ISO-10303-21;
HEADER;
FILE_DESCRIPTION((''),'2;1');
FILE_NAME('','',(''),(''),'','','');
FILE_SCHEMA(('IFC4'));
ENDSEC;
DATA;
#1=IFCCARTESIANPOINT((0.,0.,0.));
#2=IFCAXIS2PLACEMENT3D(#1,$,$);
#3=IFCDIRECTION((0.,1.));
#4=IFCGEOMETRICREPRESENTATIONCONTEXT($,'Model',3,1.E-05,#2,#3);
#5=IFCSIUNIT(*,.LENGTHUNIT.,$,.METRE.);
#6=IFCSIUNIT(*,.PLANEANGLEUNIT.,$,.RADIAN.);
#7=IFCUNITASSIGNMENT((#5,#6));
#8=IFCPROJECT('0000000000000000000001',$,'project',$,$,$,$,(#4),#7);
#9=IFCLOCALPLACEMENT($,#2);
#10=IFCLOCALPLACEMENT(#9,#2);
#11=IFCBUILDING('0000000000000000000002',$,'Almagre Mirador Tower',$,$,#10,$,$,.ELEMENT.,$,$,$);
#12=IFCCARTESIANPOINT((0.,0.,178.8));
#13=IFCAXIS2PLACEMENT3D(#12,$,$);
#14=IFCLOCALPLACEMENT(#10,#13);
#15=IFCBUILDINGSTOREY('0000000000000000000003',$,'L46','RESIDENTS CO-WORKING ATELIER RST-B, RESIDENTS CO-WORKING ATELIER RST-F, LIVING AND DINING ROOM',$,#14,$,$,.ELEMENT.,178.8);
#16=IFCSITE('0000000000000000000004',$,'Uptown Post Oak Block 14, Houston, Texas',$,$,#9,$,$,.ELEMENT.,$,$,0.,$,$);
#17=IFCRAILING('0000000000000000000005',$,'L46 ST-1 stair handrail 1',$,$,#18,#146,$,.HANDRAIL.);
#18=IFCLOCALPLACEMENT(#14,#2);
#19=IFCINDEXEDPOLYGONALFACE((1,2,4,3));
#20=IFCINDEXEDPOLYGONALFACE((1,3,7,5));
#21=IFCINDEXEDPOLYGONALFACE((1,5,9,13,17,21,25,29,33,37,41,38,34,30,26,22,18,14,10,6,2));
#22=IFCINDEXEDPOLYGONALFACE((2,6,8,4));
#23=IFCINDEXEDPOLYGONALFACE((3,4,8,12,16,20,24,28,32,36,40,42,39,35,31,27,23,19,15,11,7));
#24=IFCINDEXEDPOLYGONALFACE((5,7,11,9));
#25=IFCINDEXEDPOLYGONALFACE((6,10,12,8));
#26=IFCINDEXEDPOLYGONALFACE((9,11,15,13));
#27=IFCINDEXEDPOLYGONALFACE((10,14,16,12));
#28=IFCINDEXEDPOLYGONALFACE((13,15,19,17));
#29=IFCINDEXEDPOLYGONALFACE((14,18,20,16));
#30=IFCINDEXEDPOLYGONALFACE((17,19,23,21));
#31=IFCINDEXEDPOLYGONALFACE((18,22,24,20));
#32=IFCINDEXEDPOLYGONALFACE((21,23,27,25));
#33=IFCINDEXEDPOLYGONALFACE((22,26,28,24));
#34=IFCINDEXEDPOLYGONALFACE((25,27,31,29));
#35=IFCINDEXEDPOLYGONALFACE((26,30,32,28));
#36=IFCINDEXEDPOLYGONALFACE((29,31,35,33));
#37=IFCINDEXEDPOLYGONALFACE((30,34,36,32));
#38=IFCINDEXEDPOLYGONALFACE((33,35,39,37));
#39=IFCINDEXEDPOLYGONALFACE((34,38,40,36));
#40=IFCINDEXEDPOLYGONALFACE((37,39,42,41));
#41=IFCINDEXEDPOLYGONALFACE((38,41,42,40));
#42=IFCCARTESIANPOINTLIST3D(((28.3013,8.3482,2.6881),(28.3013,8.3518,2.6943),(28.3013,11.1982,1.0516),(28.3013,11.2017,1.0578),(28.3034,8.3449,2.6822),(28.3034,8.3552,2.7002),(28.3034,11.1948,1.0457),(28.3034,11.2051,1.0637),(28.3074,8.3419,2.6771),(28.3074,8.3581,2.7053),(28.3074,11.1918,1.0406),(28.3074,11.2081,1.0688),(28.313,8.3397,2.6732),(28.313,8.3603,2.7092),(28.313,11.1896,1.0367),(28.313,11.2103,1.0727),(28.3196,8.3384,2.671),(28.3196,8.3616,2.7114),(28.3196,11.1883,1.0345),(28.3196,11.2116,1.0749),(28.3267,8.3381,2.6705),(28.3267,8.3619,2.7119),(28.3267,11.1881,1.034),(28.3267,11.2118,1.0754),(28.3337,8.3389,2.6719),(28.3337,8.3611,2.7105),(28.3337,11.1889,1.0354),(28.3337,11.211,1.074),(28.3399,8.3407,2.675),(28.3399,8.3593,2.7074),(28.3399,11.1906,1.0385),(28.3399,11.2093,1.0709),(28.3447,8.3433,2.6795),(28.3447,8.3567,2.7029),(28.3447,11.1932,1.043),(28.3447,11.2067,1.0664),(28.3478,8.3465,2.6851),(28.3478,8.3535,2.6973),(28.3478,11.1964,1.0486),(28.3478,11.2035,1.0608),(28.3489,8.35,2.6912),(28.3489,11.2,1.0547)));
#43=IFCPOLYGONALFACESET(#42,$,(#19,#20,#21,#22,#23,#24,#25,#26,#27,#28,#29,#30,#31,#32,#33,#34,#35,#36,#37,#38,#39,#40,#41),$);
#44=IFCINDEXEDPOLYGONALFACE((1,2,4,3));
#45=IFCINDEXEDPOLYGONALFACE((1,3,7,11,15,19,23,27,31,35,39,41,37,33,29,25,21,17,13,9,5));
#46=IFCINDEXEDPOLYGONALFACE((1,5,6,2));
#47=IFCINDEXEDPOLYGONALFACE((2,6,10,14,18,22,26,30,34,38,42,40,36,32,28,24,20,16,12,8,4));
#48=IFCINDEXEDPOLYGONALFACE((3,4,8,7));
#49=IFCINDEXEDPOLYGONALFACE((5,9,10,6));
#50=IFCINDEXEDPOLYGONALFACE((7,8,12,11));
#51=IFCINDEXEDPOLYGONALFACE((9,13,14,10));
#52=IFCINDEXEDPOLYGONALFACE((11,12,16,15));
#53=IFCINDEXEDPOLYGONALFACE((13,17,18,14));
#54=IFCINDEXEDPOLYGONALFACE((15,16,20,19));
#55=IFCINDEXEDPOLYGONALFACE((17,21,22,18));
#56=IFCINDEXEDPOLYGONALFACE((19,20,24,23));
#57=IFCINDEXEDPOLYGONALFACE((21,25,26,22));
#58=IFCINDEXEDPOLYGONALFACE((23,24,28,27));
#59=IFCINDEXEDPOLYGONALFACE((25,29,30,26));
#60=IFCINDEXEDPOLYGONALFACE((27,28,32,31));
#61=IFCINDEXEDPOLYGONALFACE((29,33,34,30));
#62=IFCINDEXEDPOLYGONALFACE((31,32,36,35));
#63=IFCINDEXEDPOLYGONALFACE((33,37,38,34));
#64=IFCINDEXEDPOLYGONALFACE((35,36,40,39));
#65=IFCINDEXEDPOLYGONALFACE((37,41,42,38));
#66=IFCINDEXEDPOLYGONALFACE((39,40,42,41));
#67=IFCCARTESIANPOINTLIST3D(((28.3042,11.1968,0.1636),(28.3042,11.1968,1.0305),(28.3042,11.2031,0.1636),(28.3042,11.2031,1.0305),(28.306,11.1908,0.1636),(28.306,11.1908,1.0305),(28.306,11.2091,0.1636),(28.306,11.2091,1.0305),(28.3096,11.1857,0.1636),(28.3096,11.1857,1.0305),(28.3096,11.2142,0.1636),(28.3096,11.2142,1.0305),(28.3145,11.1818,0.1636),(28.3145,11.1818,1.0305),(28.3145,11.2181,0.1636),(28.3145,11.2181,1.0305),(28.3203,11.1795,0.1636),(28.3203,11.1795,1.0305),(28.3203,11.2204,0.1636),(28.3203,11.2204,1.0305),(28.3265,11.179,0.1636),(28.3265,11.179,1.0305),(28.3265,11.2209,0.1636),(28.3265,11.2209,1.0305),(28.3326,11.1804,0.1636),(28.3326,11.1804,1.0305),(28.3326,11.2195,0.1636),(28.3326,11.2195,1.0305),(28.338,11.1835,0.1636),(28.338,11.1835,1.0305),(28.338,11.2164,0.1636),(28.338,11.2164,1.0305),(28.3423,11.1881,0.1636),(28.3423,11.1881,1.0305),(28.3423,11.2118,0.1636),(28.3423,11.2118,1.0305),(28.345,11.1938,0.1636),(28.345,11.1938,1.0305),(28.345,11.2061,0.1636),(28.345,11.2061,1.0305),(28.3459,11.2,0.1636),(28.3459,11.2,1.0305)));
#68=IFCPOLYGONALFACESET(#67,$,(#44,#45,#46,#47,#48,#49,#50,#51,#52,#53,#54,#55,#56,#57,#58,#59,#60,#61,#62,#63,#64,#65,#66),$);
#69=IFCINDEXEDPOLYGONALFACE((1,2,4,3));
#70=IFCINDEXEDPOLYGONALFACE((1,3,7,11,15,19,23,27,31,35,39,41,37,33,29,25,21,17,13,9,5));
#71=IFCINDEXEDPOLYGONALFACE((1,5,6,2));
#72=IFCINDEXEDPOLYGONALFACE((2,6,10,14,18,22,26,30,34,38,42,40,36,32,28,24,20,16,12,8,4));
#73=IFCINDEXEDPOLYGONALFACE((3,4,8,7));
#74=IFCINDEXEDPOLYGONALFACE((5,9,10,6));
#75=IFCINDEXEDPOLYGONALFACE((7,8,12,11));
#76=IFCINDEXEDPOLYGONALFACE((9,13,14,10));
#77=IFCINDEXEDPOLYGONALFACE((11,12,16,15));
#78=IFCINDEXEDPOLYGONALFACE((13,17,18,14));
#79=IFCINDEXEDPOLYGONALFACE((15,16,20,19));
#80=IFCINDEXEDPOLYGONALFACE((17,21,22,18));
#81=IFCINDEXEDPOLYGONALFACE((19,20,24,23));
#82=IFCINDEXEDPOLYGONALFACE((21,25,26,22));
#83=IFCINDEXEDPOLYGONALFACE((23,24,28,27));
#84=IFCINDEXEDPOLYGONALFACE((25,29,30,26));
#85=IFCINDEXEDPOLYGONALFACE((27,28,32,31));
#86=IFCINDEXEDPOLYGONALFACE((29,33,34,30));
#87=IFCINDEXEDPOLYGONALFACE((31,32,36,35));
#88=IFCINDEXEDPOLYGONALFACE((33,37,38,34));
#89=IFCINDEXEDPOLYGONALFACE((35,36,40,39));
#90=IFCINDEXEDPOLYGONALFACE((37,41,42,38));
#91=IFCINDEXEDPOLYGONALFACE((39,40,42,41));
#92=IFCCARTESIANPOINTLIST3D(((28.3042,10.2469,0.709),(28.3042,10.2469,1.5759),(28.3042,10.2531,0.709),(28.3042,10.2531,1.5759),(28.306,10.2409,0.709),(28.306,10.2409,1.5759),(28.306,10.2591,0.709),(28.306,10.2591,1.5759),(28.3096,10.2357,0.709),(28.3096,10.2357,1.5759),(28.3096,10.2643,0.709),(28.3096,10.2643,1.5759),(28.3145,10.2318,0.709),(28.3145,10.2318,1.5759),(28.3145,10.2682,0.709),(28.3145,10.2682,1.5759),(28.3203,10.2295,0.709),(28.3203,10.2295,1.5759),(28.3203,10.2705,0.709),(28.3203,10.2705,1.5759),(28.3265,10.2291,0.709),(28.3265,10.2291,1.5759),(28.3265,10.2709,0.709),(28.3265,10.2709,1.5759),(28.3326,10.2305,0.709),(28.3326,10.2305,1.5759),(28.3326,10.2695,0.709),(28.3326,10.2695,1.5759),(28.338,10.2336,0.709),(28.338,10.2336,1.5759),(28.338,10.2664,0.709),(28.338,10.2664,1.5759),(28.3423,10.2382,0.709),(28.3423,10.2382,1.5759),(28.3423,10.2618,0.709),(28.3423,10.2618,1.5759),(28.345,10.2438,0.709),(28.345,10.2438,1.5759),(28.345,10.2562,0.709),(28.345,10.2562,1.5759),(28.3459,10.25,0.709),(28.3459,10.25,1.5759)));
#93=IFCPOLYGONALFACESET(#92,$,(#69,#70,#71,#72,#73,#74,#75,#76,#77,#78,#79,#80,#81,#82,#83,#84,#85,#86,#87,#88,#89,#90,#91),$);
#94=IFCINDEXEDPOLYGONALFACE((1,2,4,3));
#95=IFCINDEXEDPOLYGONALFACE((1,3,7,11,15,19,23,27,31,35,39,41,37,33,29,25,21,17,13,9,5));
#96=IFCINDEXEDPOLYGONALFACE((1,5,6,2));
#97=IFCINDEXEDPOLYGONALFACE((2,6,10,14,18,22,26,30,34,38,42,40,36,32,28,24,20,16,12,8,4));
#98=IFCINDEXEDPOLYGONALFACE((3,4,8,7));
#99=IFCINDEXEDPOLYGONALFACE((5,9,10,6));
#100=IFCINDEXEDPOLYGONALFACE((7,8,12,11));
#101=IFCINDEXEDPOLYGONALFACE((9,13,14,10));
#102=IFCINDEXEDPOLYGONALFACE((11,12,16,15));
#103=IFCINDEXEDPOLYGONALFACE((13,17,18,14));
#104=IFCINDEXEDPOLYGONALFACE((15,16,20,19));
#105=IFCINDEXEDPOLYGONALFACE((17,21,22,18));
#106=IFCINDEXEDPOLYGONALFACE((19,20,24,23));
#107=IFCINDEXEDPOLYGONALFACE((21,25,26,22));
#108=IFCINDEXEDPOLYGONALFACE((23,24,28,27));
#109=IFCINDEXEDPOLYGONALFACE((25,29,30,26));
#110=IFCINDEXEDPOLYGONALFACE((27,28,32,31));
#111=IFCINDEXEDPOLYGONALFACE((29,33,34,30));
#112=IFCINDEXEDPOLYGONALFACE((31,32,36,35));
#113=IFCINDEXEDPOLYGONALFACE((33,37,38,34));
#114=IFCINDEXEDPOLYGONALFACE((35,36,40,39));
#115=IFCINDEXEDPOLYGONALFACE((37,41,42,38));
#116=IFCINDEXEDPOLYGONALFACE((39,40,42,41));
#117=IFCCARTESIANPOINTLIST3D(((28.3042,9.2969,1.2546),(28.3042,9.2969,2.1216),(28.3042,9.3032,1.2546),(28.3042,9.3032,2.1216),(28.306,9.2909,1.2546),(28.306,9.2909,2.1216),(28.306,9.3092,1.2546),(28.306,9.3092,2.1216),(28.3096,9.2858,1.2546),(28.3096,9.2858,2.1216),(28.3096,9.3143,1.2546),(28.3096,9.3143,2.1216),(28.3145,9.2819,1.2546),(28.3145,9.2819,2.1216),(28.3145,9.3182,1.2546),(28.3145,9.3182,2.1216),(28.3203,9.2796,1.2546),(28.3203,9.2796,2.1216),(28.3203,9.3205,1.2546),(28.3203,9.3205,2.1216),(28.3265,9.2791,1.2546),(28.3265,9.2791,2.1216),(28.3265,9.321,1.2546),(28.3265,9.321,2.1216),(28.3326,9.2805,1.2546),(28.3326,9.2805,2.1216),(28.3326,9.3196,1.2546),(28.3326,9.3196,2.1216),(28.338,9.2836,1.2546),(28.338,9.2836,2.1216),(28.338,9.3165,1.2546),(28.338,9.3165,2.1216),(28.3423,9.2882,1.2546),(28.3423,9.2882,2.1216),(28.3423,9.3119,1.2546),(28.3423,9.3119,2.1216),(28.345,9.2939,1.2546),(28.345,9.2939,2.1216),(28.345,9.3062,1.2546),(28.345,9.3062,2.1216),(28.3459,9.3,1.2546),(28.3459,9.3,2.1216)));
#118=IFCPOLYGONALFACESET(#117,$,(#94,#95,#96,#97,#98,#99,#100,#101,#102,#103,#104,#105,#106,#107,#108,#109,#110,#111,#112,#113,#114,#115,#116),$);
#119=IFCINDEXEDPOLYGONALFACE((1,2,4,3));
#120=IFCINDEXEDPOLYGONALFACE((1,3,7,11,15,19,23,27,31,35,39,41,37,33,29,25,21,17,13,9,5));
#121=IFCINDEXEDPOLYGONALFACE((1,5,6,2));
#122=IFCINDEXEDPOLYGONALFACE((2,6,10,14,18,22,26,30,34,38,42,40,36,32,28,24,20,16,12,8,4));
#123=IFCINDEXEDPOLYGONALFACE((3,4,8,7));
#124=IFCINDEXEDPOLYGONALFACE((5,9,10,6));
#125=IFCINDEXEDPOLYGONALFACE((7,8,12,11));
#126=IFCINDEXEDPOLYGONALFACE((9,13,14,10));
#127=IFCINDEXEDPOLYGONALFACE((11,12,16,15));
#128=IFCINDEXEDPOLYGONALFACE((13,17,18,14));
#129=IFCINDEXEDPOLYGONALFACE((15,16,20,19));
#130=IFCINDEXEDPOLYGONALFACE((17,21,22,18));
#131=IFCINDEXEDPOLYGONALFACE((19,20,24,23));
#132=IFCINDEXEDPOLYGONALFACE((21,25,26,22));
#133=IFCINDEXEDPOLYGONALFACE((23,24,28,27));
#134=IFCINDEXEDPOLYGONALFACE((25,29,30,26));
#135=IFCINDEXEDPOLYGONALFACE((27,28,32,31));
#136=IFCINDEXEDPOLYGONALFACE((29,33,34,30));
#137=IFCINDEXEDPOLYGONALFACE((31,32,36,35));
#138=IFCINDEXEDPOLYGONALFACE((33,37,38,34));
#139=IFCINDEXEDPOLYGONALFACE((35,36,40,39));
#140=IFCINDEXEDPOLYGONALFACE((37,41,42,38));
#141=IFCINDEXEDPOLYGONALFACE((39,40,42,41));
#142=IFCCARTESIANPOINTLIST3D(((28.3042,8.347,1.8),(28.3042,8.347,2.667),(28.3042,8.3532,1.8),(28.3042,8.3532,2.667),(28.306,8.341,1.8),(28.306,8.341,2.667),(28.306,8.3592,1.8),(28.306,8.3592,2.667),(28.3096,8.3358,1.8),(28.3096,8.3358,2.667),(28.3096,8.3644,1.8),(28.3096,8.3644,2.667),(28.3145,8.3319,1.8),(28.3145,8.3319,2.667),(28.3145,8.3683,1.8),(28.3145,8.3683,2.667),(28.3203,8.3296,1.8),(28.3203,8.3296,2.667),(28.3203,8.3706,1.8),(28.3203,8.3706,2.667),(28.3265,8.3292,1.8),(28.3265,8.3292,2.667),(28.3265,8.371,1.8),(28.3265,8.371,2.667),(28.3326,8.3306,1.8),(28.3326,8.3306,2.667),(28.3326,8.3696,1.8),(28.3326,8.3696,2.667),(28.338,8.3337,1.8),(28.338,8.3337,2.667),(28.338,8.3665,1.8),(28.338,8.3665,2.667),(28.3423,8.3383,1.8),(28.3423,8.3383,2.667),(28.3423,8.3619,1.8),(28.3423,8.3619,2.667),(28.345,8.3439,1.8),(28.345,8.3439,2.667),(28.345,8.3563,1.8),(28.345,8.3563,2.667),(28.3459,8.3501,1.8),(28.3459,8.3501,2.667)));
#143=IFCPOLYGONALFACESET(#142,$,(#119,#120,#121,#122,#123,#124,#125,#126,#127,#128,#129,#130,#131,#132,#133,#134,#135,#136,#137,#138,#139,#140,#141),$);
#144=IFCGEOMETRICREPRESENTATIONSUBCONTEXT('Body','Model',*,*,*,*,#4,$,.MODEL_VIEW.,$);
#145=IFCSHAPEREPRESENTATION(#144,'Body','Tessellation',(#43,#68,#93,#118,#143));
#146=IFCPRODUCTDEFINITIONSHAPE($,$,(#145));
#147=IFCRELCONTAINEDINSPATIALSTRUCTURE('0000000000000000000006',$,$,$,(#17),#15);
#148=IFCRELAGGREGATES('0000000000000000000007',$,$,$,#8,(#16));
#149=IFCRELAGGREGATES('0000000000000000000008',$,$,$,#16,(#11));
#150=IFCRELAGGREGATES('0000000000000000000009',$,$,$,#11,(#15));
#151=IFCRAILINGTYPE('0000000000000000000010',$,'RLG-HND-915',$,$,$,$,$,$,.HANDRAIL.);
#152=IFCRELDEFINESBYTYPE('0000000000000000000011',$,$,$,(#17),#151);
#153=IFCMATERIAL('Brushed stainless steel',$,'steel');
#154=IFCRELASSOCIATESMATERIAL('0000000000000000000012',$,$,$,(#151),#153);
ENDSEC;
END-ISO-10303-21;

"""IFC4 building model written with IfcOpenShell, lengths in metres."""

from ifc_helpers import new_model, si_unit, direction, frame, origin, origin_2d, place, context, subcontext, project, spatial, circle, extrude, material, type_object, element, save


model = new_model("IFC4")

# Units and contexts
model_context = context("Model", 3, precision=1e-05, world=origin(), true_north=direction((0.0, 1.0)))
body_context = subcontext(model_context, "Body", "Model", "MODEL_VIEW")
ifc_project = project(units=[si_unit("LENGTHUNIT", "METRE"), si_unit("PLANEANGLEUNIT", "RADIAN")], contexts=[model_context])

# Site, building, storey
site_placement = place(None, origin())
site = spatial("IfcSite", under=ifc_project, at=site_placement, Name="Uptown Post Oak Block 14, Houston, Texas", CompositionType="ELEMENT", RefElevation=0.0)
building_placement = place(site_placement, origin())
building = spatial("IfcBuilding", under=site, at=building_placement, Name="Almagre Mirador Tower", CompositionType="ELEMENT")
storey_placement = place(building_placement, frame((0.0, 0.0, 178.8)))
storey = spatial("IfcBuildingStorey", under=building, at=storey_placement, Name="L46", Description="RESIDENTS CO-WORKING ATELIER RST-B, RESIDENTS CO-WORKING ATELIER RST-F, LIVING AND DINING ROOM", CompositionType="ELEMENT", Elevation=178.8)

# Railing
ifc_material_1 = material(Name="Brushed stainless steel", Category="steel")
railing_type_1 = type_object("IfcRailingType", Name="RLG-HND-915", PredefinedType="HANDRAIL", material=ifc_material_1)
railing_1_placement = place(storey_placement, frame((28.325, 11.2, 0.1636)))
element("IfcRailing", 1, at=railing_1_placement, inside=storey, type_object=railing_type_1, Name="L46 ST-1 stair handrail 1", PredefinedType="HANDRAIL", context=body_context, shape_type="SweptSolid", body=[
    extrude(circle(Radius=0.0239, at=origin_2d()), frame((0.0, 0.0, 0.8911), z_axis=(0.0, -0.867194, 0.49797), x_axis=(1.0, 0.0, 0.0)), (0.0, 0.0, 1.0), 3.2864),
    extrude(circle(Radius=0.021, at=origin_2d()), origin(), (0.0, 0.0, 1.0), 0.8669),
    extrude(circle(Radius=0.021, at=origin_2d()), frame((0.0, -0.95, 0.5454)), (0.0, 0.0, 1.0), 0.8669),
    extrude(circle(Radius=0.021, at=origin_2d()), frame((0.0, -1.8999, 1.0911)), (0.0, 0.0, 1.0), 0.8669),
    extrude(circle(Radius=0.021, at=origin_2d()), frame((0.0, -2.8499, 1.6365)), (0.0, 0.0, 1.0), 0.8669),
])

save(model, "model.ifc")
